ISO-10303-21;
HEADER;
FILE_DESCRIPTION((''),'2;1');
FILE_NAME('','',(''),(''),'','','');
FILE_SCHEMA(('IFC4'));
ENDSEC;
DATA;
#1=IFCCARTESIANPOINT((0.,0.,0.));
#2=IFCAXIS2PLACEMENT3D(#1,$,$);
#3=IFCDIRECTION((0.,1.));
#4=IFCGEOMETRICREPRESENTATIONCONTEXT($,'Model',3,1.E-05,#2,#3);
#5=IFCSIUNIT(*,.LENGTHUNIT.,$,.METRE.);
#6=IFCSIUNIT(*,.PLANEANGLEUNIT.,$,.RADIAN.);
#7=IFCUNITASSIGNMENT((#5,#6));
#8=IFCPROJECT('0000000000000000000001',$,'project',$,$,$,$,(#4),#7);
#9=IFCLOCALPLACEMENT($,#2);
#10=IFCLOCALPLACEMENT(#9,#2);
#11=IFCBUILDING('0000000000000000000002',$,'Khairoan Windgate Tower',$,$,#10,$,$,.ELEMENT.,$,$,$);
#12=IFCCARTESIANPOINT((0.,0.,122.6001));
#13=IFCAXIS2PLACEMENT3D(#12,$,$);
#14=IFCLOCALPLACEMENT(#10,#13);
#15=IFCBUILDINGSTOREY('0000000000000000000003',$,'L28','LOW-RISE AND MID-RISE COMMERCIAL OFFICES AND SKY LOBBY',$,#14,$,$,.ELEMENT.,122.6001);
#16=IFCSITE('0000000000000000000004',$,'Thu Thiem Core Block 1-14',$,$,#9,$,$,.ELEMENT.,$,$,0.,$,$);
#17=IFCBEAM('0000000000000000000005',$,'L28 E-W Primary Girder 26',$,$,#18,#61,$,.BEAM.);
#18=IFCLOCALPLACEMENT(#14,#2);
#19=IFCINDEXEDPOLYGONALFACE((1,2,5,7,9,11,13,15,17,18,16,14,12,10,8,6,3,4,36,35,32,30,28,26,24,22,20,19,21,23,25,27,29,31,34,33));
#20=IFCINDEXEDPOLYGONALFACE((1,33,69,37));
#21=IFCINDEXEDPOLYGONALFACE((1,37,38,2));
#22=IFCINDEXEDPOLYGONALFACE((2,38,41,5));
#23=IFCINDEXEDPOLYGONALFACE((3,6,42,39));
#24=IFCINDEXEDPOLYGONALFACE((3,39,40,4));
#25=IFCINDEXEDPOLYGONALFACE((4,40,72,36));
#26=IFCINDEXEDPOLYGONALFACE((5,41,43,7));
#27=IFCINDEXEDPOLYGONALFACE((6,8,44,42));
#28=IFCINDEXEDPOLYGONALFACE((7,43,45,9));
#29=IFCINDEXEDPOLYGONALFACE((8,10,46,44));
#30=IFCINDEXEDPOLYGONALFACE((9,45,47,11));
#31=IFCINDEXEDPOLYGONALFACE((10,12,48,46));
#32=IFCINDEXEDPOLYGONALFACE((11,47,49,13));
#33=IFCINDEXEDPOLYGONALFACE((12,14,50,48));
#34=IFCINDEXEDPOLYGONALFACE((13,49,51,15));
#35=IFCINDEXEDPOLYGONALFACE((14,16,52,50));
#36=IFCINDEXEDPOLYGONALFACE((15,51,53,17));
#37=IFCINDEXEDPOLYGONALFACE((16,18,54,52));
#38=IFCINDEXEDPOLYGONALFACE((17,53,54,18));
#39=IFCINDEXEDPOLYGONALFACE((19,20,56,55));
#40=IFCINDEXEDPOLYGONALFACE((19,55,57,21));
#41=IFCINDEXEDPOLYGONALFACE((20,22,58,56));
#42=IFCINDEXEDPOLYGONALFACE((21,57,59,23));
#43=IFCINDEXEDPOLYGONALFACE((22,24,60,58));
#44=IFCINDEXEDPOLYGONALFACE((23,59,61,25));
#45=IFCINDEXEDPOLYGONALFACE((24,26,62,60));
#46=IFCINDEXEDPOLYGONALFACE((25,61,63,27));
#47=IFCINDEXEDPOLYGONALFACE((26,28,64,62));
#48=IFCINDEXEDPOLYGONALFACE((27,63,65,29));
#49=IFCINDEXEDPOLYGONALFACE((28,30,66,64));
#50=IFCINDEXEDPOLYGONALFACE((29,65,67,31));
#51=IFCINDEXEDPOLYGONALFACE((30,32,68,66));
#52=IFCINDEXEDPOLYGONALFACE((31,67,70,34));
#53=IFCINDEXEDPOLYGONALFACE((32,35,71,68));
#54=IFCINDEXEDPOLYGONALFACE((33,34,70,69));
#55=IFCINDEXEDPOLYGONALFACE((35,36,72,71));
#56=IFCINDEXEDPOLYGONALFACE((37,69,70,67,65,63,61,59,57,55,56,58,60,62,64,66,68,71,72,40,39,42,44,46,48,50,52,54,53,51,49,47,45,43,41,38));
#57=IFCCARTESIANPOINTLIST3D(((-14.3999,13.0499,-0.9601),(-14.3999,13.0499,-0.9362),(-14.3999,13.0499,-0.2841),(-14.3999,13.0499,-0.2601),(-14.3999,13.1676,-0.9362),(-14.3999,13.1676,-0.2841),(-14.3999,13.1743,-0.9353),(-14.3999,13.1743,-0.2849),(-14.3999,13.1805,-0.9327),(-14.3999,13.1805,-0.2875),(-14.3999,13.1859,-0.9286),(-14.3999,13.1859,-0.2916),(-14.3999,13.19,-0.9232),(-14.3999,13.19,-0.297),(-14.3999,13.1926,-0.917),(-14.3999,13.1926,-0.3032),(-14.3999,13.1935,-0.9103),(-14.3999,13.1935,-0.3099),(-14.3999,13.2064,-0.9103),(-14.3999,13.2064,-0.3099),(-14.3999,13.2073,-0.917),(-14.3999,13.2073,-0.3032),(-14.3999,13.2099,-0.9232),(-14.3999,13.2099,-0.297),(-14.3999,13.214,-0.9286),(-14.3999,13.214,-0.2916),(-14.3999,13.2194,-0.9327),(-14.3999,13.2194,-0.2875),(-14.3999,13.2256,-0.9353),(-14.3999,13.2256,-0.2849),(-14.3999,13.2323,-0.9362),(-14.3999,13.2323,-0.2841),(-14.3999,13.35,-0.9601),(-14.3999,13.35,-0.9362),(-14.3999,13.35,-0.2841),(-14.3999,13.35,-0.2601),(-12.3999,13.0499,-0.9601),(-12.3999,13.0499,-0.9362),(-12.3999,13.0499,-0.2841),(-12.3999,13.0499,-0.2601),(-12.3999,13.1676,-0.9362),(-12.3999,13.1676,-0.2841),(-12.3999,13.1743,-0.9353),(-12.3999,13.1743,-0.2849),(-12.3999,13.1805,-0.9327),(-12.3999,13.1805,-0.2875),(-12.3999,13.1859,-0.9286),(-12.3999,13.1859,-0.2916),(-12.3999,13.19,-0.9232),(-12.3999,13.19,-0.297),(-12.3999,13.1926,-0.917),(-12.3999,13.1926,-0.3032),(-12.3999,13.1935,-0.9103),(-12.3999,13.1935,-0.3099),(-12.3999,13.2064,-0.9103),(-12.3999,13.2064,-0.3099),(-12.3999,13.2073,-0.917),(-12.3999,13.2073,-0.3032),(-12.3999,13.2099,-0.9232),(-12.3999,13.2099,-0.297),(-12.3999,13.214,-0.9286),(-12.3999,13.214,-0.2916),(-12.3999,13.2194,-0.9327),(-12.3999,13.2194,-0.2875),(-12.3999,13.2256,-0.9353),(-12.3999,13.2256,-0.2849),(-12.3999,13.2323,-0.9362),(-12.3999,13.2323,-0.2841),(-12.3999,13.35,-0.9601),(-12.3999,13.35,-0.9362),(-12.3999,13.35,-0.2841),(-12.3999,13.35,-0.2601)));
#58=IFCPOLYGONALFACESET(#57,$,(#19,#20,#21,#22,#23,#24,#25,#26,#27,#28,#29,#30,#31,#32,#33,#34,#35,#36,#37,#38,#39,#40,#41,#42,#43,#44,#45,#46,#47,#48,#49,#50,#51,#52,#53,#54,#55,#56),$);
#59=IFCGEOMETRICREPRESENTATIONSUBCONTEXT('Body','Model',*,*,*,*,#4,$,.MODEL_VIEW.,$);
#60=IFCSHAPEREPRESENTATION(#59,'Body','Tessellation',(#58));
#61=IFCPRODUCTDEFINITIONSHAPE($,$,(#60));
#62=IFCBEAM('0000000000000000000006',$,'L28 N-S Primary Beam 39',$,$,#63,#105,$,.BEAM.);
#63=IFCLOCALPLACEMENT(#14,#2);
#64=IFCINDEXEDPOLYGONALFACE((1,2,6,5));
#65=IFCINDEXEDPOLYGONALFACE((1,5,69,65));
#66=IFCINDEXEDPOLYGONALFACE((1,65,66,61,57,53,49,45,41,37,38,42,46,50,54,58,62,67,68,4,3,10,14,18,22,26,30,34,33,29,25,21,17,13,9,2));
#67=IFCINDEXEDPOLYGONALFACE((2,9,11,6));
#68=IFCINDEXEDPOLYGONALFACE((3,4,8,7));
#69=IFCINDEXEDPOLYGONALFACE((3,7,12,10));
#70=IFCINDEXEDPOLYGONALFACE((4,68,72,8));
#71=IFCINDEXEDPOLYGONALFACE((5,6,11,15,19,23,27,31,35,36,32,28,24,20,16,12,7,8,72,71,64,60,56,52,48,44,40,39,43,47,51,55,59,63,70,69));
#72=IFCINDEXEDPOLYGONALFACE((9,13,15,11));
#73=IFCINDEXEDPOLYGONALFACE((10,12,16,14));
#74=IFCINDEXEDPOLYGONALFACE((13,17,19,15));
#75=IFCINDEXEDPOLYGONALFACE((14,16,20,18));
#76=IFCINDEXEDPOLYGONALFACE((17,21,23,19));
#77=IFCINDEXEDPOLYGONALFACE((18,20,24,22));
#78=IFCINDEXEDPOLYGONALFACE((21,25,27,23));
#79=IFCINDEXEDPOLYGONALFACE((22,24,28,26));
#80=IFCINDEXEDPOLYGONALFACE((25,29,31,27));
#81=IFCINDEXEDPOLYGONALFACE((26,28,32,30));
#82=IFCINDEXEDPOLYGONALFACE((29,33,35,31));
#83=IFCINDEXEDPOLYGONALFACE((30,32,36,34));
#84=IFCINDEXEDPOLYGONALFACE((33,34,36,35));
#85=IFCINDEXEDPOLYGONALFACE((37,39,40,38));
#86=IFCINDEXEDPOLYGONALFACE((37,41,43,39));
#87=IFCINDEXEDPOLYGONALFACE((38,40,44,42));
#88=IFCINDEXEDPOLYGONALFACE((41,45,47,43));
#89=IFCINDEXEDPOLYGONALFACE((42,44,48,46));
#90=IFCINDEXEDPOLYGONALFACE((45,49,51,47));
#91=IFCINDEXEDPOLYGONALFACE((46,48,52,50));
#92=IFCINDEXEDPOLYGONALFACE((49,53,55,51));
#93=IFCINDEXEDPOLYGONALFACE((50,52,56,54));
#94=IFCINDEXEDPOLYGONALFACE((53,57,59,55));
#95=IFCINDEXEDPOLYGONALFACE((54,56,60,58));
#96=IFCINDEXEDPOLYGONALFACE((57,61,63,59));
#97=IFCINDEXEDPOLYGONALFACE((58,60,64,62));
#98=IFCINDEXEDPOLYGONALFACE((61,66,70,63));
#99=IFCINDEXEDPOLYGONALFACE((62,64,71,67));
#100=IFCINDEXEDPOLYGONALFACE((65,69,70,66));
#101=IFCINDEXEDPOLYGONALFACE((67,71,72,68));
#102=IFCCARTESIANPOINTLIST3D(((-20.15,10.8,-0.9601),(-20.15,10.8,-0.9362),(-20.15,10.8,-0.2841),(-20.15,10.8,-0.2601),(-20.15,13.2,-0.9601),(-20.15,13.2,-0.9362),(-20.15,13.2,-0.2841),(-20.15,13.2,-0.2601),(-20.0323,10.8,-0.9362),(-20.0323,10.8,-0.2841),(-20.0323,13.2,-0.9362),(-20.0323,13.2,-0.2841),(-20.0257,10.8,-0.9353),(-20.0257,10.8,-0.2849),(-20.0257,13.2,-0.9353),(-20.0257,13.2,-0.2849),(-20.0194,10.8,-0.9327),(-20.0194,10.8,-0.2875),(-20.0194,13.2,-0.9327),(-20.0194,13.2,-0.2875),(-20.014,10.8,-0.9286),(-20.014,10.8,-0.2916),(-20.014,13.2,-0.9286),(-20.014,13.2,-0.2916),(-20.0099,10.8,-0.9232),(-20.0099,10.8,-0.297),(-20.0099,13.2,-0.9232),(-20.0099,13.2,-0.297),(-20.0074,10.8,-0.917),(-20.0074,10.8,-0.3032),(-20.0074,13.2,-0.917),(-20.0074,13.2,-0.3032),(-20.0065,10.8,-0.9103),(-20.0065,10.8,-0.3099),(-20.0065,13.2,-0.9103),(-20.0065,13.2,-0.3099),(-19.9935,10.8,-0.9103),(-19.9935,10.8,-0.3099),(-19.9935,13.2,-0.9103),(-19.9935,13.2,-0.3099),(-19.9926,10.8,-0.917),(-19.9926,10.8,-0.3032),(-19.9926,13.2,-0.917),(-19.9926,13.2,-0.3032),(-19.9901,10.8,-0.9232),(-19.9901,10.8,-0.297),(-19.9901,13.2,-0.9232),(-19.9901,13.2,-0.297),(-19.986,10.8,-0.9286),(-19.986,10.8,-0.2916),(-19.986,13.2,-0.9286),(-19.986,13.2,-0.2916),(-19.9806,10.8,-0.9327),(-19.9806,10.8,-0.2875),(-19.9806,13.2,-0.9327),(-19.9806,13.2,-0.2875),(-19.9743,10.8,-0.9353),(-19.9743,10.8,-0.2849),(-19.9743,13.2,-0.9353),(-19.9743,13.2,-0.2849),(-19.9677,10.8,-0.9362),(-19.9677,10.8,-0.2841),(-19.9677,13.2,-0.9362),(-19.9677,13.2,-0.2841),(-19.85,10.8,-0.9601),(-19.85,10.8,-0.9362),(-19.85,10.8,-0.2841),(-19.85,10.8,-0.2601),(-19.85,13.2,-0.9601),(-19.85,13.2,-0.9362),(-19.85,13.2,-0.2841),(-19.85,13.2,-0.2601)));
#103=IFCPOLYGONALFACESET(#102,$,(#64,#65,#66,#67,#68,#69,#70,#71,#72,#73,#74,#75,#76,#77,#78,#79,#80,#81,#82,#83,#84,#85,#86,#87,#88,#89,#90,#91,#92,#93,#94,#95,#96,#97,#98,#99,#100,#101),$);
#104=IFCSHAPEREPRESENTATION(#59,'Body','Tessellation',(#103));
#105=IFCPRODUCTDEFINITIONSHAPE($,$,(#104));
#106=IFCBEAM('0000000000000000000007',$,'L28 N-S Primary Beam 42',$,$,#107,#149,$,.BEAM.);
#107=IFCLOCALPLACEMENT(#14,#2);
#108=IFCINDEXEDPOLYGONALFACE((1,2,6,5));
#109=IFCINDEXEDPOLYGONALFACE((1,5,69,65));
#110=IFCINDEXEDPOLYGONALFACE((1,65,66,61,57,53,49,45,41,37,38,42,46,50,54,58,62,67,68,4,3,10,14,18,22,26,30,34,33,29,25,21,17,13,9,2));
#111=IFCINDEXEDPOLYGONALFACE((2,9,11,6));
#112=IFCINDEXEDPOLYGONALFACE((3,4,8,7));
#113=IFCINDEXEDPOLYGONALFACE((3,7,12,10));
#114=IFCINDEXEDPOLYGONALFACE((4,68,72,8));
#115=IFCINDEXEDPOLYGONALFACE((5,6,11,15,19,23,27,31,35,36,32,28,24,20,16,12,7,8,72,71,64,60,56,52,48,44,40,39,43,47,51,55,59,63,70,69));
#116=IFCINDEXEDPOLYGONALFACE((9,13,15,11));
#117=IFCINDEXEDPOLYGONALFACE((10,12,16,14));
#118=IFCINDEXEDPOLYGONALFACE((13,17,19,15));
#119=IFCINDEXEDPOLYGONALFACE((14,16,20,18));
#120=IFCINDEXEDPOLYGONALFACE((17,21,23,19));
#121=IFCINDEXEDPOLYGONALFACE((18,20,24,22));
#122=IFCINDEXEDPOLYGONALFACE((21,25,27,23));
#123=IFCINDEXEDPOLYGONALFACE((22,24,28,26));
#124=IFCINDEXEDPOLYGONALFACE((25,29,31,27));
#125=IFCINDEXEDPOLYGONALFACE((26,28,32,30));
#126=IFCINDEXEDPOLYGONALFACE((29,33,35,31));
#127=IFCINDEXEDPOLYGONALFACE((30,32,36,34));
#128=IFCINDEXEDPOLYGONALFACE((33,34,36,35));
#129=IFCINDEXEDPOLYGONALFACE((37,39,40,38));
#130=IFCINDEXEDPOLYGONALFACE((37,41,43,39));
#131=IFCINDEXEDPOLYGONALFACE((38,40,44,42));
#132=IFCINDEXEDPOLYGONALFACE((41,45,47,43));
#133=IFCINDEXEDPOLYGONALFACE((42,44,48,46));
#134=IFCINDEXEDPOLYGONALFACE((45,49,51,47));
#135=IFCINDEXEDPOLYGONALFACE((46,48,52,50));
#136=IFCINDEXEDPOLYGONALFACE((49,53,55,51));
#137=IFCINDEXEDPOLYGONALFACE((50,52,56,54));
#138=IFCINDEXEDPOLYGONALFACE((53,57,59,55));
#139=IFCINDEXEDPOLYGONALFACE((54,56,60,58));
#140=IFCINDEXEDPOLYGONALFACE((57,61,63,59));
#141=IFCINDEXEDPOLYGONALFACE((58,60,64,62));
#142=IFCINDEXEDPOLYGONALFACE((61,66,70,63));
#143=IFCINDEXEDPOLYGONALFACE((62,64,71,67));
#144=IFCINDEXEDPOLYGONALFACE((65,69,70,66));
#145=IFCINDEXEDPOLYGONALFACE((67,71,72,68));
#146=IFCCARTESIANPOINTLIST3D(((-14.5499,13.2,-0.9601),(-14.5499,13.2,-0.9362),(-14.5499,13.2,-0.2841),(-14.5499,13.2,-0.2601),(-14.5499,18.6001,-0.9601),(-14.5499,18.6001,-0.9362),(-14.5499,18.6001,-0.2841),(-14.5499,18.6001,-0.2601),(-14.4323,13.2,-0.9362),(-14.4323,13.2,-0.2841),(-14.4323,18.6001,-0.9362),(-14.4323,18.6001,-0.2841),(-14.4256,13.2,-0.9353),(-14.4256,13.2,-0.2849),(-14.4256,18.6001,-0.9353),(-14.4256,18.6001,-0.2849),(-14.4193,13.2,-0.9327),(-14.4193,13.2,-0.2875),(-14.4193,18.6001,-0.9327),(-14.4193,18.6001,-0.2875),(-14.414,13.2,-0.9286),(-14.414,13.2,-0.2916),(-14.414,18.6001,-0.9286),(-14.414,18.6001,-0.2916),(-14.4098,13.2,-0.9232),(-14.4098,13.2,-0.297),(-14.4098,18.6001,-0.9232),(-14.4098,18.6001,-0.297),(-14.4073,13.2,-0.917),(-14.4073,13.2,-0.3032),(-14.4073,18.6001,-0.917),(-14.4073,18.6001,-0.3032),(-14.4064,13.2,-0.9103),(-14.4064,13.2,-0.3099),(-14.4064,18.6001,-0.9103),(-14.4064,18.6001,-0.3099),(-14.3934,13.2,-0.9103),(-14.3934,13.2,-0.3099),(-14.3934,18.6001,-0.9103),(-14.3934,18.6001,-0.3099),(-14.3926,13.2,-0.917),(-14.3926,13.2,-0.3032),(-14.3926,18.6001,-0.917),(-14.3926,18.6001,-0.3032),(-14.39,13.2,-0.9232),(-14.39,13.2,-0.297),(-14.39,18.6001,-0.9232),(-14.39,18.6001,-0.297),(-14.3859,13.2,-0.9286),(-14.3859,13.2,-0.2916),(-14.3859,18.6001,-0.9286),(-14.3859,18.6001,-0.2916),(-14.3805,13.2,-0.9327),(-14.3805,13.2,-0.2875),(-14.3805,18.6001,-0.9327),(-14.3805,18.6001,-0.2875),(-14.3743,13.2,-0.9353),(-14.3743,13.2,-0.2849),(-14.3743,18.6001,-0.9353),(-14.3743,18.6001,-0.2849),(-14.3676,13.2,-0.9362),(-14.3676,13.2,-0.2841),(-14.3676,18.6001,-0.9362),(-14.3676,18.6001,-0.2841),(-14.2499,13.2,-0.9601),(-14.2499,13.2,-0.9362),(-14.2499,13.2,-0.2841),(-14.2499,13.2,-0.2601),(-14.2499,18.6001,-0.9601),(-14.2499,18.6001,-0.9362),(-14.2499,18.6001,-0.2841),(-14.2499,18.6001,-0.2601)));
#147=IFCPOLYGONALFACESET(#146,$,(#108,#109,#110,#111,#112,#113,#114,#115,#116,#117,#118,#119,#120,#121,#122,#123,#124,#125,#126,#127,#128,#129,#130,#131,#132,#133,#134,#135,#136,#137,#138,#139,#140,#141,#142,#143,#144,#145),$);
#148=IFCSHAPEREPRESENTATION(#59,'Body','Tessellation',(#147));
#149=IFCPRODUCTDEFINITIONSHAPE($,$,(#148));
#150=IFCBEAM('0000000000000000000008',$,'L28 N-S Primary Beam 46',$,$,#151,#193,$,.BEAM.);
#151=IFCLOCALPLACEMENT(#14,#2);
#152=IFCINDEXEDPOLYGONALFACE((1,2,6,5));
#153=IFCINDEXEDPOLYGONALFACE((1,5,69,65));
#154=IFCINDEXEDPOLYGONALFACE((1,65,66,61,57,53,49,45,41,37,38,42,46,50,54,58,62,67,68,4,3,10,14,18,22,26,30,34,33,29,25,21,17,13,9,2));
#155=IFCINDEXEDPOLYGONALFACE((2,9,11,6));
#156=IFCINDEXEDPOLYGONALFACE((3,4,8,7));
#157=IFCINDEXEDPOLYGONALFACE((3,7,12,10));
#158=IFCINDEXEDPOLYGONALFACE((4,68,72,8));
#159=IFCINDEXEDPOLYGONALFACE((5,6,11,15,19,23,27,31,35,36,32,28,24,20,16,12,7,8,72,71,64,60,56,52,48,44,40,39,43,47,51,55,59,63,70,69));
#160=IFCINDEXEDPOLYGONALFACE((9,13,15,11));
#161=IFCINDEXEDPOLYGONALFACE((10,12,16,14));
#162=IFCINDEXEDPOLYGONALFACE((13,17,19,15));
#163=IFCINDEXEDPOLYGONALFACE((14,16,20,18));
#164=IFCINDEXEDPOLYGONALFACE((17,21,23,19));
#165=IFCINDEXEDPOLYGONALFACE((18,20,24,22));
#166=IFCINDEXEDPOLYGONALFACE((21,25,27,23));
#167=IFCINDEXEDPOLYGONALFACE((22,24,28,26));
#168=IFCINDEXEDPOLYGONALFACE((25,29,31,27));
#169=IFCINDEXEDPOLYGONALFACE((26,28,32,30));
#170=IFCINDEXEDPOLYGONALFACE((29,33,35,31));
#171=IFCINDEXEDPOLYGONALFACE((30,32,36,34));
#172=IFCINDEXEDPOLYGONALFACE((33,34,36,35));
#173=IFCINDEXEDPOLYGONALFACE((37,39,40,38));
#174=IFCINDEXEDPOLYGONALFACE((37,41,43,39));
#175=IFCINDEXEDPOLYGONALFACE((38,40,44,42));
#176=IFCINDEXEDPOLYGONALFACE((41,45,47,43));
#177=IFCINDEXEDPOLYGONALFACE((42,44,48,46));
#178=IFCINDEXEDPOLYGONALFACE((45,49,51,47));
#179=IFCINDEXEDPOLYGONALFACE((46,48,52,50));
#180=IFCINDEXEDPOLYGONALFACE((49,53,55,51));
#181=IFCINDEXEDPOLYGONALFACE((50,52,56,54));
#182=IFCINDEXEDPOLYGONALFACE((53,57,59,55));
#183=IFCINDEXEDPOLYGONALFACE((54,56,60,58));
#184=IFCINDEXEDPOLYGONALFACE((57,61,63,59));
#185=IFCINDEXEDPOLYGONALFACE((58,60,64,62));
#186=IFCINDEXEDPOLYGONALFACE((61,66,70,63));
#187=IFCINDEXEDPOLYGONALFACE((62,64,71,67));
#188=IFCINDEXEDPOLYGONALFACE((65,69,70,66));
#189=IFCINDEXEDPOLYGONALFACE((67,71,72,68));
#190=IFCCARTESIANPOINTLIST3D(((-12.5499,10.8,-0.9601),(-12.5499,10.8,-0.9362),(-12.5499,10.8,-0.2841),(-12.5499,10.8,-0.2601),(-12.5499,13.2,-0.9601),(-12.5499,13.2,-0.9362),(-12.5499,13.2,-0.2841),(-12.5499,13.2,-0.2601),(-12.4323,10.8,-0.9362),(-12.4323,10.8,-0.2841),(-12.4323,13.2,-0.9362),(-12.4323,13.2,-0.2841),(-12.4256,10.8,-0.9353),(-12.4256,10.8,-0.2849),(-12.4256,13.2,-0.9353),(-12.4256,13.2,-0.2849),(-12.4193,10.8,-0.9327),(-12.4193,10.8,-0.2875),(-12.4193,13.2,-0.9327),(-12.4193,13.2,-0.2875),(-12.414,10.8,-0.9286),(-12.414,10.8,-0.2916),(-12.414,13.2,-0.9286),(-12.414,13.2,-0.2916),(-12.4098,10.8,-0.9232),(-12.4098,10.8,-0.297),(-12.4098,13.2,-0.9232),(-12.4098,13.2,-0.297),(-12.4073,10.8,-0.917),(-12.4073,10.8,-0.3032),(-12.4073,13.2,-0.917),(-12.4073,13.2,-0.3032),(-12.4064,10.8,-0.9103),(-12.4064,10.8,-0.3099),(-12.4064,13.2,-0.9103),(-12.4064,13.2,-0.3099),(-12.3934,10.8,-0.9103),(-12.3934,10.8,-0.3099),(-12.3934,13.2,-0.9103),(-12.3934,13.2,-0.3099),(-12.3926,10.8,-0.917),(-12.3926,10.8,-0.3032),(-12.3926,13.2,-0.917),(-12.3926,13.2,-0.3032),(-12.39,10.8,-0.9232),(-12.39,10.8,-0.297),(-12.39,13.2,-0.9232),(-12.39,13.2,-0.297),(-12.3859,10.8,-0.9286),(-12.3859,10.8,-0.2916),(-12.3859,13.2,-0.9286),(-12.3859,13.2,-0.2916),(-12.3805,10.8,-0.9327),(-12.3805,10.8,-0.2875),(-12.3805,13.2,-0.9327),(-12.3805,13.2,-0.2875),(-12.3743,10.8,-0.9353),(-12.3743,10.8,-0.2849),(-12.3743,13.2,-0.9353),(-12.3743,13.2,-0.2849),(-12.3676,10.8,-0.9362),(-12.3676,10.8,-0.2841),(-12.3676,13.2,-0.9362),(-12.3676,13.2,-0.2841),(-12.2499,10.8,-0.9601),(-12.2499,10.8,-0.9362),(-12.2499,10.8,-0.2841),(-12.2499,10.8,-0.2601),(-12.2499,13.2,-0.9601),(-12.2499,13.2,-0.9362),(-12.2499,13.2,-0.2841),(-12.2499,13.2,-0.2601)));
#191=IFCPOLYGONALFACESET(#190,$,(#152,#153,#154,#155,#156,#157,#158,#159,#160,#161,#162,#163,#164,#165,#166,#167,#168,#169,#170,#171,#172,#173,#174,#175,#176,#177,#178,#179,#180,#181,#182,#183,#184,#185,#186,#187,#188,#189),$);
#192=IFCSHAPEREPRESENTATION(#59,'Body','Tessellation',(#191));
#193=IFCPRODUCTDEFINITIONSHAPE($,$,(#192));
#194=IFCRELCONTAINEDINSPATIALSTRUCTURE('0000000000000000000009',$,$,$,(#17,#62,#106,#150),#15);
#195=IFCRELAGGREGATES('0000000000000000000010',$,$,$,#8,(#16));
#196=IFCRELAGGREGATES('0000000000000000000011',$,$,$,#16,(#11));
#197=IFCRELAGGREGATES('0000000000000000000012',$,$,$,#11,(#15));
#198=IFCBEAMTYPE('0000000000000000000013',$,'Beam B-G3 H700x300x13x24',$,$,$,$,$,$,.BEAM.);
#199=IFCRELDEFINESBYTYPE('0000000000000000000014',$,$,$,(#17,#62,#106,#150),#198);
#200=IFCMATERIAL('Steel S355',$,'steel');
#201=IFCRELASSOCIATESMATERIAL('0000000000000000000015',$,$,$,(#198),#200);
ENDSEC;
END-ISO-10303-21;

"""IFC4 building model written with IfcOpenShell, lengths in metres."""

from ifc_helpers import new_model, si_unit, direction, frame, origin, origin_2d, place, context, subcontext, project, spatial, i_section, extrude, material, material_profile, profile_set, type_object, element, save


model = new_model("IFC4")

# Units and contexts
model_context = context("Model", 3, precision=1e-05, world=origin(), true_north=direction((0.0, 1.0)))
body_context = subcontext(model_context, "Body", "Model", "MODEL_VIEW")
ifc_project = project(units=[si_unit("LENGTHUNIT", "METRE"), si_unit("PLANEANGLEUNIT", "RADIAN")], contexts=[model_context])

# Site, building, storey
site_placement = place(None, origin())
site = spatial("IfcSite", under=ifc_project, at=site_placement, Name="Thu Thiem Core Block 1-14", CompositionType="ELEMENT", RefElevation=0.0)
building_placement = place(site_placement, origin())
building = spatial("IfcBuilding", under=site, at=building_placement, Name="Khairoan Windgate Tower", CompositionType="ELEMENT")
storey_placement = place(building_placement, frame((0.0, 0.0, 122.6001)))
storey = spatial("IfcBuildingStorey", under=building, at=storey_placement, Name="L28", Description="LOW-RISE AND MID-RISE COMMERCIAL OFFICES AND SKY LOBBY", CompositionType="ELEMENT", Elevation=122.6001)

# Beams
ifc_material_1 = material(Name="Steel S355", Category="steel")
ifc_material_profile_1 = material_profile(ifc_material_1, i_section(OverallWidth=0.3, OverallDepth=0.7, WebThickness=0.0129, FlangeThickness=0.0239, FilletRadius=0.0259, at=origin_2d()))
ifc_profile_set_1 = profile_set([ifc_material_profile_1], Name="Steel S355")
beam_type_1 = type_object("IfcBeamType", Name="Beam B-G3 H700x300x13x24", PredefinedType="BEAM", material=ifc_profile_set_1)
beam_1_placement = place(storey_placement, frame((-14.3999, 13.2, -0.6101), z_axis=(1.0, 0.0, 0.0), x_axis=(0.0, 1.0, 0.0)))
element("IfcBeam", 1, at=beam_1_placement, inside=storey, type_object=beam_type_1, Name="L28 E-W Primary Girder 26", PredefinedType="BEAM", context=body_context, shape_type="SweptSolid", body=[
    extrude(i_section(OverallWidth=0.3, OverallDepth=0.7, WebThickness=0.0129, FlangeThickness=0.0239, FilletRadius=0.0259, at=origin_2d()), origin(), (0.0, 0.0, 1.0), 2.0),
])
beam_2_placement = place(storey_placement, frame((-20.0, 10.8, -0.6101), z_axis=(0.0, 1.0, 0.0), x_axis=(-1.0, 0.0, 0.0)))
element("IfcBeam", 2, at=beam_2_placement, inside=storey, type_object=beam_type_1, Name="L28 N-S Primary Beam 39", PredefinedType="BEAM", context=body_context, shape_type="SweptSolid", body=[
    extrude(i_section(OverallWidth=0.3, OverallDepth=0.7, WebThickness=0.0129, FlangeThickness=0.0239, FilletRadius=0.0259, at=origin_2d()), origin(), (0.0, 0.0, 1.0), 2.3999),
])
beam_3_placement = place(storey_placement, frame((-14.3999, 13.2, -0.6101), z_axis=(0.0, 1.0, 0.0), x_axis=(-1.0, 0.0, 0.0)))
element("IfcBeam", 3, at=beam_3_placement, inside=storey, type_object=beam_type_1, Name="L28 N-S Primary Beam 42", PredefinedType="BEAM", context=body_context, shape_type="SweptSolid", body=[
    extrude(i_section(OverallWidth=0.3, OverallDepth=0.7, WebThickness=0.0129, FlangeThickness=0.0239, FilletRadius=0.0259, at=origin_2d()), origin(), (0.0, 0.0, 1.0), 5.4001),
])
beam_4_placement = place(storey_placement, frame((-12.3999, 10.8, -0.6101), z_axis=(0.0, 1.0, 0.0), x_axis=(-1.0, 0.0, 0.0)))
element("IfcBeam", 4, at=beam_4_placement, inside=storey, type_object=beam_type_1, Name="L28 N-S Primary Beam 46", PredefinedType="BEAM", context=body_context, shape_type="SweptSolid", body=[
    extrude(i_section(OverallWidth=0.3, OverallDepth=0.7, WebThickness=0.0129, FlangeThickness=0.0239, FilletRadius=0.0259, at=origin_2d()), origin(), (0.0, 0.0, 1.0), 2.3999),
])

save(model, "model.ifc")
